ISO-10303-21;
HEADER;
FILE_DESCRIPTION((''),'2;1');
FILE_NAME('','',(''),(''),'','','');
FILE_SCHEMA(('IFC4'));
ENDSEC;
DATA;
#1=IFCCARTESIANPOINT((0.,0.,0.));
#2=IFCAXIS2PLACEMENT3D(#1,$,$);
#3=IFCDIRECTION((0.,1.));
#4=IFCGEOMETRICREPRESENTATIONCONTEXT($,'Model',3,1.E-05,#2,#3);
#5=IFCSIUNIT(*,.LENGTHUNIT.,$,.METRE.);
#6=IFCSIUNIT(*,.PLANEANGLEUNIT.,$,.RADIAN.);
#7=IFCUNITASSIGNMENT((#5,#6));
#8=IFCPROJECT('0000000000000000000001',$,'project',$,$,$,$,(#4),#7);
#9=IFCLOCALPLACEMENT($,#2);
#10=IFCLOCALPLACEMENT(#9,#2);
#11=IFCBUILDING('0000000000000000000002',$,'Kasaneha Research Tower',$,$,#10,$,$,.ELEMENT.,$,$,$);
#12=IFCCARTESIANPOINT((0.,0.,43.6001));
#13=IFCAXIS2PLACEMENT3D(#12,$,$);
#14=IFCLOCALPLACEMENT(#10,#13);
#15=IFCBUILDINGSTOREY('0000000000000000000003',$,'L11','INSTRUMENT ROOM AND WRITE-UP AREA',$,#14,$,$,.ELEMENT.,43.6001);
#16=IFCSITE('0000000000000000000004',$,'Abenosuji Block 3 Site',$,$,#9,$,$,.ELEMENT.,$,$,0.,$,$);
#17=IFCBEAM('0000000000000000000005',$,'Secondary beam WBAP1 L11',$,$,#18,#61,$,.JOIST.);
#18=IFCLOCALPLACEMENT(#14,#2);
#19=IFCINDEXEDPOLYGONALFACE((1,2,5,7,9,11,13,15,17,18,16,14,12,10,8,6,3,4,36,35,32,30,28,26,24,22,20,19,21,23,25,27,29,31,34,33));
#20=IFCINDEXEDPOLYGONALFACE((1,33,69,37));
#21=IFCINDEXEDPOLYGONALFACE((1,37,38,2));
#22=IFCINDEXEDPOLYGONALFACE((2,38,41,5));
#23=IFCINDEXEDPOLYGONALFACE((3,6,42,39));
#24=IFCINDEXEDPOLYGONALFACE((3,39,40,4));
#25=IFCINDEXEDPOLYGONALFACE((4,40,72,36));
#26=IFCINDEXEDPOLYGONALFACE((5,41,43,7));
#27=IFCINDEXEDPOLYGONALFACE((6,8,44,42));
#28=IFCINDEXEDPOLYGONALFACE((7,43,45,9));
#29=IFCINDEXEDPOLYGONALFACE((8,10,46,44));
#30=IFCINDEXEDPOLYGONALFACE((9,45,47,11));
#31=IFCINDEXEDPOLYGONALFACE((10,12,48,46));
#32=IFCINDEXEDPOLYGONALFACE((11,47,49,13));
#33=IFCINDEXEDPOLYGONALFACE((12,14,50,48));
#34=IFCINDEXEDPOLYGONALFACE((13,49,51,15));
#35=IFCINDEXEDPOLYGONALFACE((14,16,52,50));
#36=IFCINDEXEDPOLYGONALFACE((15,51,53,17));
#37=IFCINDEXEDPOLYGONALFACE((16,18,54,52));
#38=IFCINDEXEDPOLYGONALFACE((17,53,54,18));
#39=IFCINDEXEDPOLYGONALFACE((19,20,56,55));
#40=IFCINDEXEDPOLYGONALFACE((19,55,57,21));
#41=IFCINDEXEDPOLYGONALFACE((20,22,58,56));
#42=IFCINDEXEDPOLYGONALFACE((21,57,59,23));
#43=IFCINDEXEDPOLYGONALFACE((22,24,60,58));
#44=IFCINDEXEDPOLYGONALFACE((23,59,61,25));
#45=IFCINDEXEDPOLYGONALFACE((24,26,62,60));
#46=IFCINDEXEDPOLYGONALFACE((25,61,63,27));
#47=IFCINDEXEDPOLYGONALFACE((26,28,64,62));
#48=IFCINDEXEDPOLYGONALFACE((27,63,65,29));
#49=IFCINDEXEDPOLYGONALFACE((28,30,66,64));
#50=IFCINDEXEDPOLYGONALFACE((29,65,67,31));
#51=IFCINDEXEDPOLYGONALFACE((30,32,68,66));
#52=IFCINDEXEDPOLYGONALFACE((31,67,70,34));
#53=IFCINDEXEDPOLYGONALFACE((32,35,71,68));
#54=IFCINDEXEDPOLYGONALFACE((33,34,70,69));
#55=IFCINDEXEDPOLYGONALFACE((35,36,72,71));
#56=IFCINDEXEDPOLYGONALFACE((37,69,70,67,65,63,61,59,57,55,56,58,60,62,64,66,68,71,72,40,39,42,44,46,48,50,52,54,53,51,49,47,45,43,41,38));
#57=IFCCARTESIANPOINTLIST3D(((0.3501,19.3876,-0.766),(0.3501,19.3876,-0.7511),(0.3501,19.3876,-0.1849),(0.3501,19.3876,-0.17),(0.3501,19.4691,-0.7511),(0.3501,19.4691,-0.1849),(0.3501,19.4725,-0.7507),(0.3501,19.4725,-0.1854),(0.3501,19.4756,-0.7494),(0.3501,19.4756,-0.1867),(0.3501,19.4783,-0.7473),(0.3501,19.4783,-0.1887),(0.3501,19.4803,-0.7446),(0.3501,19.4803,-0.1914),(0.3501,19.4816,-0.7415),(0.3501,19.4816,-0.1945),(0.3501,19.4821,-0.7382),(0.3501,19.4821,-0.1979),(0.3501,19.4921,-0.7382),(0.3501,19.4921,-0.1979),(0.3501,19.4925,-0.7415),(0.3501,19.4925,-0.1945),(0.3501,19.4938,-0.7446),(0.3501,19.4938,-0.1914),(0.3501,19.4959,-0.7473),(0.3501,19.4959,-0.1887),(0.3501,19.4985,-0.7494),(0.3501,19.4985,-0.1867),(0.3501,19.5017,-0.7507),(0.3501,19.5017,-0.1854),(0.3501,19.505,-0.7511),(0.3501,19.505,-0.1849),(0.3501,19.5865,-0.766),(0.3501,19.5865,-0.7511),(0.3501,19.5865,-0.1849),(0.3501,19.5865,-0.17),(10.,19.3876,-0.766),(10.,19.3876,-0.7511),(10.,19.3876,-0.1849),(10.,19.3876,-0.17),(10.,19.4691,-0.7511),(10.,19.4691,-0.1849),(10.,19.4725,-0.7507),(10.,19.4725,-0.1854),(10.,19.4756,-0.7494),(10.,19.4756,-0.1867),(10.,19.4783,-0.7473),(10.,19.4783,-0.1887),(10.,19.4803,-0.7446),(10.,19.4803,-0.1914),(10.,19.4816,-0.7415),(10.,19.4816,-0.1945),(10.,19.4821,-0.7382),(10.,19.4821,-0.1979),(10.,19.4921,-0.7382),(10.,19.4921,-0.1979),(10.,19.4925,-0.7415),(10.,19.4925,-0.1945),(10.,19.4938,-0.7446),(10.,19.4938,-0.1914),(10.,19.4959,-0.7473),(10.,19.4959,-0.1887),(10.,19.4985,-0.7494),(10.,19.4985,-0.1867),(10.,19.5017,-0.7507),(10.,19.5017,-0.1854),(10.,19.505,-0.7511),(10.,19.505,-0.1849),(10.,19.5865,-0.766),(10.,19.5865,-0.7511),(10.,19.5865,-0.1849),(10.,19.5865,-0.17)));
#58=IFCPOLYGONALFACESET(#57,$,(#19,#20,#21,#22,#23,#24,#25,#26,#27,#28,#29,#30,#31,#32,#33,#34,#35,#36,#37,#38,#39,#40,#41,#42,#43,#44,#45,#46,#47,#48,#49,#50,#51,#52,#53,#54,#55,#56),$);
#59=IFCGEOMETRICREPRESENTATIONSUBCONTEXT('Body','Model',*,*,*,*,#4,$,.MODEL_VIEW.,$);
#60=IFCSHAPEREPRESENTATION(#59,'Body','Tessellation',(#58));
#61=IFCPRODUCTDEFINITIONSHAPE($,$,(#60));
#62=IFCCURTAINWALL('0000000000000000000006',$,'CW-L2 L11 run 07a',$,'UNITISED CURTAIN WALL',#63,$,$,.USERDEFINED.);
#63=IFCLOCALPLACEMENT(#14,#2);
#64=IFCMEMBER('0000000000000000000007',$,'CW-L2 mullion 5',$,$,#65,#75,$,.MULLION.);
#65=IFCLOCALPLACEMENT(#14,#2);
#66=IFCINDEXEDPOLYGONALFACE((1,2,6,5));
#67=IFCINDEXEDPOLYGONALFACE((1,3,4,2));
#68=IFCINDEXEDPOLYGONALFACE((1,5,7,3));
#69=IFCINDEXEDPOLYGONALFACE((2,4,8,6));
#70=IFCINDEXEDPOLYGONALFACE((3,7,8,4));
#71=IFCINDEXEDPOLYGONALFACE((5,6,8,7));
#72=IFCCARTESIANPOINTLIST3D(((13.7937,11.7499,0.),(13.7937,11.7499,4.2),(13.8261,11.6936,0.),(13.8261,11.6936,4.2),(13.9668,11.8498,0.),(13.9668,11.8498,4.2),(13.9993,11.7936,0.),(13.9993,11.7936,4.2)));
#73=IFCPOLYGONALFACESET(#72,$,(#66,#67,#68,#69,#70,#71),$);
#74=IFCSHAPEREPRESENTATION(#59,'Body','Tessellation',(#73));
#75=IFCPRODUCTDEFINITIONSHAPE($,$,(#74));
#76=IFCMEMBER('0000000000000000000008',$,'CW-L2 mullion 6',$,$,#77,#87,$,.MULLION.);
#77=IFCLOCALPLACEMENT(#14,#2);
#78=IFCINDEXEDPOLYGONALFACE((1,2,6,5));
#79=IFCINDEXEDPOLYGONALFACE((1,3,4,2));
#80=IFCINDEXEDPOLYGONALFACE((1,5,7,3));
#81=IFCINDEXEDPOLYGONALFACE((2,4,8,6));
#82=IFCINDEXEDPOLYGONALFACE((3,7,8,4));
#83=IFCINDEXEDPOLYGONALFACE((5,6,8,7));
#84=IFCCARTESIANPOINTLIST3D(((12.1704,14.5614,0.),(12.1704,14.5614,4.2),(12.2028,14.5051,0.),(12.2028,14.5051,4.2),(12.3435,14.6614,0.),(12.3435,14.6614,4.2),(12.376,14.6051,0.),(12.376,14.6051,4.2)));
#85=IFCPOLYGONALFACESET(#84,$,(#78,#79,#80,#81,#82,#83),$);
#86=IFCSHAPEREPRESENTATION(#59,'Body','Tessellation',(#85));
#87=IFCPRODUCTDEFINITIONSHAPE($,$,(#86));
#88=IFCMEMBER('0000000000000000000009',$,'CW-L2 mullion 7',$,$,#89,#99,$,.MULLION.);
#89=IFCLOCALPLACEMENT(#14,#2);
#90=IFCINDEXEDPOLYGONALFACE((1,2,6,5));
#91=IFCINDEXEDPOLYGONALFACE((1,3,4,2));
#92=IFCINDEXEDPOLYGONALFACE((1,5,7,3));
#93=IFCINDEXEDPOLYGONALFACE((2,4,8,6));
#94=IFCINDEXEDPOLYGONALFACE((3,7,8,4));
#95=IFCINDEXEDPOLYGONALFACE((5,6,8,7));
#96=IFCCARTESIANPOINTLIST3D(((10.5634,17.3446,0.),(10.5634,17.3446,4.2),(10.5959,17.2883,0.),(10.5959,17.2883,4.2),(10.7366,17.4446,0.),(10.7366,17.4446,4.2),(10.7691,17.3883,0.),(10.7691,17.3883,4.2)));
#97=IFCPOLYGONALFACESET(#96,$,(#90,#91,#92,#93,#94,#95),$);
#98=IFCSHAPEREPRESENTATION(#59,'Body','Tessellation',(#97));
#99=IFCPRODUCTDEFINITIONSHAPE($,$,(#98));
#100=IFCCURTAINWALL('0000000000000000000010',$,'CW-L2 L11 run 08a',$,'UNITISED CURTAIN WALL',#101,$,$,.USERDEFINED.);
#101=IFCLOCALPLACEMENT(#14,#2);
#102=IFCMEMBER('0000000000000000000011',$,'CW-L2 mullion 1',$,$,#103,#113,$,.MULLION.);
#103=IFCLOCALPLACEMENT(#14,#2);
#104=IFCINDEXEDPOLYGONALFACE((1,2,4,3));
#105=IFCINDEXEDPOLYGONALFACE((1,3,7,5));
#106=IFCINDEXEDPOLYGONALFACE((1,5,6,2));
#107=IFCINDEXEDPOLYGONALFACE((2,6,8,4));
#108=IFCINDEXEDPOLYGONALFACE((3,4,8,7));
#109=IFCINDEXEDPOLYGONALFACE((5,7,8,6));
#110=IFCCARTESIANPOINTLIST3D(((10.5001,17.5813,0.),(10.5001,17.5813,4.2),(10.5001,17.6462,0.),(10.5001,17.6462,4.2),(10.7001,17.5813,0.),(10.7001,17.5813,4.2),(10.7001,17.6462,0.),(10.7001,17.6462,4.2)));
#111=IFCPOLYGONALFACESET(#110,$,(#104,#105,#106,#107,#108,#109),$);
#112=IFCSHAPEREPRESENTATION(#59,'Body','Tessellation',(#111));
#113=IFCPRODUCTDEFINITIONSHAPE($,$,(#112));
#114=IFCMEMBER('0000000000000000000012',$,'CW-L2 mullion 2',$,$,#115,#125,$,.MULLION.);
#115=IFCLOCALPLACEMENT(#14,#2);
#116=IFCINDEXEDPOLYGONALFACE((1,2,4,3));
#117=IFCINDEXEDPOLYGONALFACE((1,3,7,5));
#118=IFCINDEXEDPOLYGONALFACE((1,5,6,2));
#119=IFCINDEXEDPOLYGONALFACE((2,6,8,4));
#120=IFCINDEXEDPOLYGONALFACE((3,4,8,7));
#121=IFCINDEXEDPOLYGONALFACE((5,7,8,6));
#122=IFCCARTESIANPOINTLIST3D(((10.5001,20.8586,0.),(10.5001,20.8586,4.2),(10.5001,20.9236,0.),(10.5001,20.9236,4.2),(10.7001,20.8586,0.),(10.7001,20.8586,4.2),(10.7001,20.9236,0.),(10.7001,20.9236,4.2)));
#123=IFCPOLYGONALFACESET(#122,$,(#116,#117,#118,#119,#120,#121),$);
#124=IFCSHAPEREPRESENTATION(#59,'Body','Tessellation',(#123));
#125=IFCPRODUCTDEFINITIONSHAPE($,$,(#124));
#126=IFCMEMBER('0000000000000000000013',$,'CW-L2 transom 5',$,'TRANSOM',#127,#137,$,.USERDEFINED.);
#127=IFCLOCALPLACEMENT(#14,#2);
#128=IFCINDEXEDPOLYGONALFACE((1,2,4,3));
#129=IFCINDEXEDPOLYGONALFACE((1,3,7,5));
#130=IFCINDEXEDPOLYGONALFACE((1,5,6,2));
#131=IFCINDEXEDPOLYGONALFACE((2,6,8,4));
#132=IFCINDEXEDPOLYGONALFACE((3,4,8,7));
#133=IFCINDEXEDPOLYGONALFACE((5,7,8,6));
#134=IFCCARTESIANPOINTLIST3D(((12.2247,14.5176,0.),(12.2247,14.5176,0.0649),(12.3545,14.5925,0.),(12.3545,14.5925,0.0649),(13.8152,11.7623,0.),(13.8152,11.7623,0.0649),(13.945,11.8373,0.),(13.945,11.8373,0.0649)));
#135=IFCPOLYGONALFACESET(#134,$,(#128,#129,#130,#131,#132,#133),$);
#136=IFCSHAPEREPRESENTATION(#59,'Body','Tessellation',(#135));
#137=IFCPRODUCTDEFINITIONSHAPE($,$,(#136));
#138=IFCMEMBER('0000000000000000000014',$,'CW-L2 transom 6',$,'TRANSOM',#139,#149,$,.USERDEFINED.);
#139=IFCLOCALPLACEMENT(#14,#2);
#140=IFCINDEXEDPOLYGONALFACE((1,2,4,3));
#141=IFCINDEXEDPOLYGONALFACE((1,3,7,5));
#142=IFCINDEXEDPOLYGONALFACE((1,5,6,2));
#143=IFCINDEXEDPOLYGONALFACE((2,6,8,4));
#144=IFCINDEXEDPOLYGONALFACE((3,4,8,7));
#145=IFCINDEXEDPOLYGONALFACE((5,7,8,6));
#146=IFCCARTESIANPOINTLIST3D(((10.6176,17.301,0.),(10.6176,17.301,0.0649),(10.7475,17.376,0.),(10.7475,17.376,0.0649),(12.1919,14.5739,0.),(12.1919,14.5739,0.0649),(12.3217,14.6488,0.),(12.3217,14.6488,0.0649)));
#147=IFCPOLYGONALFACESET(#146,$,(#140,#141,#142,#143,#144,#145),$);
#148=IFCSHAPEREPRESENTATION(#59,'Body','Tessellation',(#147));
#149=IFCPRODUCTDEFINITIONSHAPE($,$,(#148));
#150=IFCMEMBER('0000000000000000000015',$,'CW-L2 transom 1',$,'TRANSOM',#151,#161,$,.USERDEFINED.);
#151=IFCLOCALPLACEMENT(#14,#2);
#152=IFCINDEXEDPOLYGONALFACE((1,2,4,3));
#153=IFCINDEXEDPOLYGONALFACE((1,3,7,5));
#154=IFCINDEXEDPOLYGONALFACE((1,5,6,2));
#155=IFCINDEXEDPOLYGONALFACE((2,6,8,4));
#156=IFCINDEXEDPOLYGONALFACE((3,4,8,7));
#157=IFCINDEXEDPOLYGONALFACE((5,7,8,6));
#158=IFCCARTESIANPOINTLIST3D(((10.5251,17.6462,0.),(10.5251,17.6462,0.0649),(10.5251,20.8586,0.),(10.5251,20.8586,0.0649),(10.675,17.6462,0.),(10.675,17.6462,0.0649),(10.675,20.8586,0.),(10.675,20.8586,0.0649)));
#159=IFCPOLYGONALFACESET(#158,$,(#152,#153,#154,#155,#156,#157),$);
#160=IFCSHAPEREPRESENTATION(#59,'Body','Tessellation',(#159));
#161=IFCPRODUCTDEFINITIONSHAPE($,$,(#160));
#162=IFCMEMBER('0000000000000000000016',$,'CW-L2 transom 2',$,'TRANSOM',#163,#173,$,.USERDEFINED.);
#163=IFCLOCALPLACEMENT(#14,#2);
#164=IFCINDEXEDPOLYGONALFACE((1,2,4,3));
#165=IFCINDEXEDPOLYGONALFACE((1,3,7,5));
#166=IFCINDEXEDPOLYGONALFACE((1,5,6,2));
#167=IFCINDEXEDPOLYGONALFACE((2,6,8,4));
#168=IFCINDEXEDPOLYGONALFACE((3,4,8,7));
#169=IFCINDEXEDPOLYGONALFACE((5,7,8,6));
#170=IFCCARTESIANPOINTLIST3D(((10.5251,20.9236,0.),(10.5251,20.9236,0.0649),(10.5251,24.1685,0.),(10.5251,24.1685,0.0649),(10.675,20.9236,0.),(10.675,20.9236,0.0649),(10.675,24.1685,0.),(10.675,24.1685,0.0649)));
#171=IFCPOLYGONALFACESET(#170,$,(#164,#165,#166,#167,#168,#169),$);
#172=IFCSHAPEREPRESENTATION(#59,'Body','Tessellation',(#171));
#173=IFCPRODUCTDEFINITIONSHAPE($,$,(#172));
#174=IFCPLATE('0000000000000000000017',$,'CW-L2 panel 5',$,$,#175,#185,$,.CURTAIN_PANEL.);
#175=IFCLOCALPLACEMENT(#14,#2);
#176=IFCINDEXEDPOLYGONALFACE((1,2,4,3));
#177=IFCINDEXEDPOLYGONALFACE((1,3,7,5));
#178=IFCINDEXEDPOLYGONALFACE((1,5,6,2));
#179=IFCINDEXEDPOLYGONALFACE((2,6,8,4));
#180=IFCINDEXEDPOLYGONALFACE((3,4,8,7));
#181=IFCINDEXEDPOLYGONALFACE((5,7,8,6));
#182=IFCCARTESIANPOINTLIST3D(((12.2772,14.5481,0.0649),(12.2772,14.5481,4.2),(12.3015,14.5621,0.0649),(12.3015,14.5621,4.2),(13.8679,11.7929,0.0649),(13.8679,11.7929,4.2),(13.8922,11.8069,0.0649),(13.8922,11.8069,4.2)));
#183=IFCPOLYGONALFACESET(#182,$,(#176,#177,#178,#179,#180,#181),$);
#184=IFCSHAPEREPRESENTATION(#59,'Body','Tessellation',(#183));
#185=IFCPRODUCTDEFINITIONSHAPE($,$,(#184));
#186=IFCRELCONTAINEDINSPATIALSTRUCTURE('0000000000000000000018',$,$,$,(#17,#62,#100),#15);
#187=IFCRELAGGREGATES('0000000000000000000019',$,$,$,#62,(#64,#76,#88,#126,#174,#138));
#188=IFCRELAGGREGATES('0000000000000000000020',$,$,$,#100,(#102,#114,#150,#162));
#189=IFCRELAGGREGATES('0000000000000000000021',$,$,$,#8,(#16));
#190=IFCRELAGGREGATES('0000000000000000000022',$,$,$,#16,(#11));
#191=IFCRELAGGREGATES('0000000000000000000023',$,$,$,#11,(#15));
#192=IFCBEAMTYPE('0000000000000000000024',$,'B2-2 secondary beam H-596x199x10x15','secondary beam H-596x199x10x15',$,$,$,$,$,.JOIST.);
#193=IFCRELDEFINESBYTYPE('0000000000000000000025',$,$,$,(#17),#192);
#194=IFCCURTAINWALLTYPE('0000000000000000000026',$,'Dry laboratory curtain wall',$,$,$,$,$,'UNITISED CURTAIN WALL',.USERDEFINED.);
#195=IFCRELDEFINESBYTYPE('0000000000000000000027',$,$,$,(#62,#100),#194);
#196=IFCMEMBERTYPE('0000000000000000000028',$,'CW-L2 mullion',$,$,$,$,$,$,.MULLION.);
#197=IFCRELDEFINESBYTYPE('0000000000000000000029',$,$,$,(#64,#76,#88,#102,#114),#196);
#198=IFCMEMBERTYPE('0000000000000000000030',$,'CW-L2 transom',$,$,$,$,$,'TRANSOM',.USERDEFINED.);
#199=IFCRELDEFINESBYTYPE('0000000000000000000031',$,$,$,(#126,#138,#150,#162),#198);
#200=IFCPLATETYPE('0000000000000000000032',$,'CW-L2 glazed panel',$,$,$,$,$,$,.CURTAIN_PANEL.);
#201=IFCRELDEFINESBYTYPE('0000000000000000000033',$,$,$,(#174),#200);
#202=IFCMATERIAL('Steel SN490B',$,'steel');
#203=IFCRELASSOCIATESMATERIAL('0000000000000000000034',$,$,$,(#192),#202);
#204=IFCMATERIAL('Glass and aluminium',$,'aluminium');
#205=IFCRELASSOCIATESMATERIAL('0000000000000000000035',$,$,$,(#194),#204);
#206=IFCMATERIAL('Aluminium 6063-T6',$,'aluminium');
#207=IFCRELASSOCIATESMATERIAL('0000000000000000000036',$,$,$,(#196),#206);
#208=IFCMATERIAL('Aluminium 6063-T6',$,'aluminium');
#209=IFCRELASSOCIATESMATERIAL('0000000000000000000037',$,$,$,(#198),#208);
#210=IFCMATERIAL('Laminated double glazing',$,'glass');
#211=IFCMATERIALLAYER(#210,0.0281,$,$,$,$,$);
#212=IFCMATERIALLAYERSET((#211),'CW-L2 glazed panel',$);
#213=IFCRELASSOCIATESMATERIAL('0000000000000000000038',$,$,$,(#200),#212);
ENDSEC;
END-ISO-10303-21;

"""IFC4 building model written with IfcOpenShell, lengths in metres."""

from ifc_helpers import new_model, si_unit, direction, frame, origin, origin_2d, place, context, subcontext, project, spatial, rectangle, i_section, extrude, material, layer, layer_set, material_profile, profile_set, type_object, element, aggregate, save


model = new_model("IFC4")

# Units and contexts
model_context = context("Model", 3, precision=1e-05, world=origin(), true_north=direction((0.0, 1.0)))
body_context = subcontext(model_context, "Body", "Model", "MODEL_VIEW")
ifc_project = project(units=[si_unit("LENGTHUNIT", "METRE"), si_unit("PLANEANGLEUNIT", "RADIAN")], contexts=[model_context])

# Site, building, storey
site_placement = place(None, origin())
site = spatial("IfcSite", under=ifc_project, at=site_placement, Name="Abenosuji Block 3 Site", CompositionType="ELEMENT", RefElevation=0.0)
building_placement = place(site_placement, origin())
building = spatial("IfcBuilding", under=site, at=building_placement, Name="Kasaneha Research Tower", CompositionType="ELEMENT")
storey_placement = place(building_placement, frame((0.0, 0.0, 43.6001)))
storey = spatial("IfcBuildingStorey", under=building, at=storey_placement, Name="L11", Description="INSTRUMENT ROOM AND WRITE-UP AREA", CompositionType="ELEMENT", Elevation=43.6001)

# Beam
ifc_material_1 = material(Name="Steel SN490B", Category="steel")
ifc_material_profile_1 = material_profile(ifc_material_1, i_section(OverallWidth=0.199, OverallDepth=0.5959, WebThickness=0.01, FlangeThickness=0.0149, FilletRadius=0.0129, at=origin_2d()), Name="H-596x199x10x15")
ifc_profile_set_1 = profile_set([ifc_material_profile_1], Name="Steel SN490B")
beam_type = type_object("IfcBeamType", Name="B2-2 secondary beam H-596x199x10x15", Description="secondary beam H-596x199x10x15", PredefinedType="JOIST", material=ifc_profile_set_1)
beam_placement = place(storey_placement, frame((10.0, 19.4871, -0.468), z_axis=(-1.0, 0.0, 0.0), x_axis=(0.0, -1.0, 0.0)))
element("IfcBeam", 1, at=beam_placement, inside=storey, type_object=beam_type, Name="Secondary beam WBAP1 L11", PredefinedType="JOIST", context=body_context, shape_type="SweptSolid", body=[
    extrude(i_section(OverallWidth=0.199, OverallDepth=0.5959, WebThickness=0.01, FlangeThickness=0.0149, FilletRadius=0.0129, at=origin_2d()), origin(), (0.0, 0.0, 1.0), 9.6499),
])

# Curtain walls, members
ifc_material_2 = material(Name="Glass and aluminium", Category="aluminium")
curtain_wall_type = type_object("IfcCurtainWallType", Name="Dry laboratory curtain wall", ElementType="UNITISED CURTAIN WALL", PredefinedType="USERDEFINED", material=ifc_material_2)
curtain_wall_1_placement = place(storey_placement, origin())
curtain_wall_1 = element("IfcCurtainWall", 2, at=curtain_wall_1_placement, inside=storey, type_object=curtain_wall_type, Name="CW-L2 L11 run 07a", ObjectType="UNITISED CURTAIN WALL", PredefinedType="USERDEFINED")
ifc_material_3 = material(Name="Aluminium 6063-T6", Category="aluminium")
ifc_material_profile_2 = material_profile(ifc_material_3, rectangle(XDim=0.0649, YDim=0.2, at=origin_2d()), Name="CW-L2 mullion 65x200")
ifc_profile_set_2 = profile_set([ifc_material_profile_2], Name="Aluminium 6063-T6")
member_type_1 = type_object("IfcMemberType", Name="CW-L2 mullion", PredefinedType="MULLION", material=ifc_profile_set_2)
member_1_placement = place(storey_placement, frame((13.8965, 11.7717, 0.0), z_axis=(0.0, 0.0, 1.0), x_axis=(-0.5, 0.866025, 0.0)))
member_1 = element("IfcMember", 3, at=member_1_placement, type_object=member_type_1, Name="CW-L2 mullion 5", PredefinedType="MULLION", context=body_context, shape_type="SweptSolid", body=[
    extrude(rectangle(XDim=0.0649, YDim=0.2, at=origin_2d()), origin(), (0.0, 0.0, 1.0), 4.2),
])
member_2_placement = place(storey_placement, frame((12.2732, 14.5833, 0.0), z_axis=(0.0, 0.0, 1.0), x_axis=(-0.5, 0.866025, 0.0)))
member_2 = element("IfcMember", 4, at=member_2_placement, type_object=member_type_1, Name="CW-L2 mullion 6", PredefinedType="MULLION", context=body_context, shape_type="SweptSolid", body=[
    extrude(rectangle(XDim=0.0649, YDim=0.2, at=origin_2d()), origin(), (0.0, 0.0, 1.0), 4.2),
])
member_3_placement = place(storey_placement, frame((10.6663, 17.3665, 0.0), z_axis=(0.0, 0.0, 1.0), x_axis=(-0.5, 0.866025, 0.0)))
member_3 = element("IfcMember", 5, at=member_3_placement, type_object=member_type_1, Name="CW-L2 mullion 7", PredefinedType="MULLION", context=body_context, shape_type="SweptSolid", body=[
    extrude(rectangle(XDim=0.0649, YDim=0.2, at=origin_2d()), origin(), (0.0, 0.0, 1.0), 4.2),
])
curtain_wall_2_placement = place(storey_placement, origin())
curtain_wall_2 = element("IfcCurtainWall", 6, at=curtain_wall_2_placement, inside=storey, type_object=curtain_wall_type, Name="CW-L2 L11 run 08a", ObjectType="UNITISED CURTAIN WALL", PredefinedType="USERDEFINED")
member_4_placement = place(storey_placement, frame((10.6001, 17.6138, 0.0), z_axis=(0.0, 0.0, 1.0), x_axis=(0.0, 1.0, 0.0)))
member_4 = element("IfcMember", 7, at=member_4_placement, type_object=member_type_1, Name="CW-L2 mullion 1", PredefinedType="MULLION", context=body_context, shape_type="SweptSolid", body=[
    extrude(rectangle(XDim=0.0649, YDim=0.2, at=origin_2d()), origin(), (0.0, 0.0, 1.0), 4.2),
])
member_5_placement = place(storey_placement, frame((10.6001, 20.8911, 0.0), z_axis=(0.0, 0.0, 1.0), x_axis=(0.0, 1.0, 0.0)))
member_5 = element("IfcMember", 8, at=member_5_placement, type_object=member_type_1, Name="CW-L2 mullion 2", PredefinedType="MULLION", context=body_context, shape_type="SweptSolid", body=[
    extrude(rectangle(XDim=0.0649, YDim=0.2, at=origin_2d()), origin(), (0.0, 0.0, 1.0), 4.2),
])

# Members
ifc_material_4 = material(Name="Aluminium 6063-T6", Category="aluminium")
ifc_material_profile_3 = material_profile(ifc_material_4, rectangle(XDim=0.1499, YDim=0.0649, at=origin_2d()), Name="CW-L2 transom 150x65")
ifc_profile_set_3 = profile_set([ifc_material_profile_3], Name="Aluminium 6063-T6")
member_type_2 = type_object("IfcMemberType", Name="CW-L2 transom", ElementType="TRANSOM", PredefinedType="USERDEFINED", material=ifc_profile_set_3)
member_6_placement = place(storey_placement, frame((13.8801, 11.7998, 0.0325), z_axis=(-0.499944, 0.866058, 0.0), x_axis=(-0.866058, -0.499944, 0.0)))
member_6 = element("IfcMember", 9, at=member_6_placement, type_object=member_type_2, Name="CW-L2 transom 5", ObjectType="TRANSOM", PredefinedType="USERDEFINED", context=body_context, shape_type="SweptSolid", body=[
    extrude(rectangle(XDim=0.1499, YDim=0.0649, at=origin_2d()), origin(), (0.0, 0.0, 1.0), 3.1814),
])
member_7_placement = place(storey_placement, frame((12.2568, 14.6113, 0.0325), z_axis=(-0.499942, 0.866059, 0.0), x_axis=(-0.866059, -0.499942, 0.0)))
member_7 = element("IfcMember", 10, at=member_7_placement, type_object=member_type_2, Name="CW-L2 transom 6", ObjectType="TRANSOM", PredefinedType="USERDEFINED", context=body_context, shape_type="SweptSolid", body=[
    extrude(rectangle(XDim=0.1499, YDim=0.0649, at=origin_2d()), origin(), (0.0, 0.0, 1.0), 3.1489),
])
member_8_placement = place(storey_placement, frame((10.6001, 17.6462, 0.0325), z_axis=(0.0, 1.0, 0.0), x_axis=(-1.0, 0.0, 0.0)))
member_8 = element("IfcMember", 11, at=member_8_placement, type_object=member_type_2, Name="CW-L2 transom 1", ObjectType="TRANSOM", PredefinedType="USERDEFINED", context=body_context, shape_type="SweptSolid", body=[
    extrude(rectangle(XDim=0.1499, YDim=0.0649, at=origin_2d()), origin(), (0.0, 0.0, 1.0), 3.2124),
])
member_9_placement = place(storey_placement, frame((10.6001, 20.9236, 0.0325), z_axis=(0.0, 1.0, 0.0), x_axis=(-1.0, 0.0, 0.0)))
member_9 = element("IfcMember", 12, at=member_9_placement, type_object=member_type_2, Name="CW-L2 transom 2", ObjectType="TRANSOM", PredefinedType="USERDEFINED", context=body_context, shape_type="SweptSolid", body=[
    extrude(rectangle(XDim=0.1499, YDim=0.0649, at=origin_2d()), origin(), (0.0, 0.0, 1.0), 3.2449),
])

# Plate
ifc_material_5 = material(Name="Laminated double glazing", Category="glass")
ifc_layer_1 = layer(ifc_material_5, 0.0281)
ifc_layer_set_1 = layer_set([ifc_layer_1], Name="CW-L2 glazed panel")
plate_type = type_object("IfcPlateType", Name="CW-L2 glazed panel", PredefinedType="CURTAIN_PANEL", material=ifc_layer_set_1)
plate_1_placement = place(storey_placement, frame((13.0847, 13.1775, 0.0649), z_axis=(0.0, 0.0, 1.0), x_axis=(-0.5, 0.866025, 0.0)))
plate_1 = element("IfcPlate", 13, at=plate_1_placement, type_object=plate_type, Name="CW-L2 panel 5", PredefinedType="CURTAIN_PANEL", context=body_context, shape_type="SweptSolid", body=[
    extrude(rectangle(XDim=3.1814, YDim=0.0281, at=origin_2d()), origin(), (0.0, 0.0, 1.0), 4.135),
])
aggregate(curtain_wall_1, [member_1, member_2, member_3, member_6, plate_1, member_7])
aggregate(curtain_wall_2, [member_4, member_5, member_8, member_9])

save(model, "model.ifc")
